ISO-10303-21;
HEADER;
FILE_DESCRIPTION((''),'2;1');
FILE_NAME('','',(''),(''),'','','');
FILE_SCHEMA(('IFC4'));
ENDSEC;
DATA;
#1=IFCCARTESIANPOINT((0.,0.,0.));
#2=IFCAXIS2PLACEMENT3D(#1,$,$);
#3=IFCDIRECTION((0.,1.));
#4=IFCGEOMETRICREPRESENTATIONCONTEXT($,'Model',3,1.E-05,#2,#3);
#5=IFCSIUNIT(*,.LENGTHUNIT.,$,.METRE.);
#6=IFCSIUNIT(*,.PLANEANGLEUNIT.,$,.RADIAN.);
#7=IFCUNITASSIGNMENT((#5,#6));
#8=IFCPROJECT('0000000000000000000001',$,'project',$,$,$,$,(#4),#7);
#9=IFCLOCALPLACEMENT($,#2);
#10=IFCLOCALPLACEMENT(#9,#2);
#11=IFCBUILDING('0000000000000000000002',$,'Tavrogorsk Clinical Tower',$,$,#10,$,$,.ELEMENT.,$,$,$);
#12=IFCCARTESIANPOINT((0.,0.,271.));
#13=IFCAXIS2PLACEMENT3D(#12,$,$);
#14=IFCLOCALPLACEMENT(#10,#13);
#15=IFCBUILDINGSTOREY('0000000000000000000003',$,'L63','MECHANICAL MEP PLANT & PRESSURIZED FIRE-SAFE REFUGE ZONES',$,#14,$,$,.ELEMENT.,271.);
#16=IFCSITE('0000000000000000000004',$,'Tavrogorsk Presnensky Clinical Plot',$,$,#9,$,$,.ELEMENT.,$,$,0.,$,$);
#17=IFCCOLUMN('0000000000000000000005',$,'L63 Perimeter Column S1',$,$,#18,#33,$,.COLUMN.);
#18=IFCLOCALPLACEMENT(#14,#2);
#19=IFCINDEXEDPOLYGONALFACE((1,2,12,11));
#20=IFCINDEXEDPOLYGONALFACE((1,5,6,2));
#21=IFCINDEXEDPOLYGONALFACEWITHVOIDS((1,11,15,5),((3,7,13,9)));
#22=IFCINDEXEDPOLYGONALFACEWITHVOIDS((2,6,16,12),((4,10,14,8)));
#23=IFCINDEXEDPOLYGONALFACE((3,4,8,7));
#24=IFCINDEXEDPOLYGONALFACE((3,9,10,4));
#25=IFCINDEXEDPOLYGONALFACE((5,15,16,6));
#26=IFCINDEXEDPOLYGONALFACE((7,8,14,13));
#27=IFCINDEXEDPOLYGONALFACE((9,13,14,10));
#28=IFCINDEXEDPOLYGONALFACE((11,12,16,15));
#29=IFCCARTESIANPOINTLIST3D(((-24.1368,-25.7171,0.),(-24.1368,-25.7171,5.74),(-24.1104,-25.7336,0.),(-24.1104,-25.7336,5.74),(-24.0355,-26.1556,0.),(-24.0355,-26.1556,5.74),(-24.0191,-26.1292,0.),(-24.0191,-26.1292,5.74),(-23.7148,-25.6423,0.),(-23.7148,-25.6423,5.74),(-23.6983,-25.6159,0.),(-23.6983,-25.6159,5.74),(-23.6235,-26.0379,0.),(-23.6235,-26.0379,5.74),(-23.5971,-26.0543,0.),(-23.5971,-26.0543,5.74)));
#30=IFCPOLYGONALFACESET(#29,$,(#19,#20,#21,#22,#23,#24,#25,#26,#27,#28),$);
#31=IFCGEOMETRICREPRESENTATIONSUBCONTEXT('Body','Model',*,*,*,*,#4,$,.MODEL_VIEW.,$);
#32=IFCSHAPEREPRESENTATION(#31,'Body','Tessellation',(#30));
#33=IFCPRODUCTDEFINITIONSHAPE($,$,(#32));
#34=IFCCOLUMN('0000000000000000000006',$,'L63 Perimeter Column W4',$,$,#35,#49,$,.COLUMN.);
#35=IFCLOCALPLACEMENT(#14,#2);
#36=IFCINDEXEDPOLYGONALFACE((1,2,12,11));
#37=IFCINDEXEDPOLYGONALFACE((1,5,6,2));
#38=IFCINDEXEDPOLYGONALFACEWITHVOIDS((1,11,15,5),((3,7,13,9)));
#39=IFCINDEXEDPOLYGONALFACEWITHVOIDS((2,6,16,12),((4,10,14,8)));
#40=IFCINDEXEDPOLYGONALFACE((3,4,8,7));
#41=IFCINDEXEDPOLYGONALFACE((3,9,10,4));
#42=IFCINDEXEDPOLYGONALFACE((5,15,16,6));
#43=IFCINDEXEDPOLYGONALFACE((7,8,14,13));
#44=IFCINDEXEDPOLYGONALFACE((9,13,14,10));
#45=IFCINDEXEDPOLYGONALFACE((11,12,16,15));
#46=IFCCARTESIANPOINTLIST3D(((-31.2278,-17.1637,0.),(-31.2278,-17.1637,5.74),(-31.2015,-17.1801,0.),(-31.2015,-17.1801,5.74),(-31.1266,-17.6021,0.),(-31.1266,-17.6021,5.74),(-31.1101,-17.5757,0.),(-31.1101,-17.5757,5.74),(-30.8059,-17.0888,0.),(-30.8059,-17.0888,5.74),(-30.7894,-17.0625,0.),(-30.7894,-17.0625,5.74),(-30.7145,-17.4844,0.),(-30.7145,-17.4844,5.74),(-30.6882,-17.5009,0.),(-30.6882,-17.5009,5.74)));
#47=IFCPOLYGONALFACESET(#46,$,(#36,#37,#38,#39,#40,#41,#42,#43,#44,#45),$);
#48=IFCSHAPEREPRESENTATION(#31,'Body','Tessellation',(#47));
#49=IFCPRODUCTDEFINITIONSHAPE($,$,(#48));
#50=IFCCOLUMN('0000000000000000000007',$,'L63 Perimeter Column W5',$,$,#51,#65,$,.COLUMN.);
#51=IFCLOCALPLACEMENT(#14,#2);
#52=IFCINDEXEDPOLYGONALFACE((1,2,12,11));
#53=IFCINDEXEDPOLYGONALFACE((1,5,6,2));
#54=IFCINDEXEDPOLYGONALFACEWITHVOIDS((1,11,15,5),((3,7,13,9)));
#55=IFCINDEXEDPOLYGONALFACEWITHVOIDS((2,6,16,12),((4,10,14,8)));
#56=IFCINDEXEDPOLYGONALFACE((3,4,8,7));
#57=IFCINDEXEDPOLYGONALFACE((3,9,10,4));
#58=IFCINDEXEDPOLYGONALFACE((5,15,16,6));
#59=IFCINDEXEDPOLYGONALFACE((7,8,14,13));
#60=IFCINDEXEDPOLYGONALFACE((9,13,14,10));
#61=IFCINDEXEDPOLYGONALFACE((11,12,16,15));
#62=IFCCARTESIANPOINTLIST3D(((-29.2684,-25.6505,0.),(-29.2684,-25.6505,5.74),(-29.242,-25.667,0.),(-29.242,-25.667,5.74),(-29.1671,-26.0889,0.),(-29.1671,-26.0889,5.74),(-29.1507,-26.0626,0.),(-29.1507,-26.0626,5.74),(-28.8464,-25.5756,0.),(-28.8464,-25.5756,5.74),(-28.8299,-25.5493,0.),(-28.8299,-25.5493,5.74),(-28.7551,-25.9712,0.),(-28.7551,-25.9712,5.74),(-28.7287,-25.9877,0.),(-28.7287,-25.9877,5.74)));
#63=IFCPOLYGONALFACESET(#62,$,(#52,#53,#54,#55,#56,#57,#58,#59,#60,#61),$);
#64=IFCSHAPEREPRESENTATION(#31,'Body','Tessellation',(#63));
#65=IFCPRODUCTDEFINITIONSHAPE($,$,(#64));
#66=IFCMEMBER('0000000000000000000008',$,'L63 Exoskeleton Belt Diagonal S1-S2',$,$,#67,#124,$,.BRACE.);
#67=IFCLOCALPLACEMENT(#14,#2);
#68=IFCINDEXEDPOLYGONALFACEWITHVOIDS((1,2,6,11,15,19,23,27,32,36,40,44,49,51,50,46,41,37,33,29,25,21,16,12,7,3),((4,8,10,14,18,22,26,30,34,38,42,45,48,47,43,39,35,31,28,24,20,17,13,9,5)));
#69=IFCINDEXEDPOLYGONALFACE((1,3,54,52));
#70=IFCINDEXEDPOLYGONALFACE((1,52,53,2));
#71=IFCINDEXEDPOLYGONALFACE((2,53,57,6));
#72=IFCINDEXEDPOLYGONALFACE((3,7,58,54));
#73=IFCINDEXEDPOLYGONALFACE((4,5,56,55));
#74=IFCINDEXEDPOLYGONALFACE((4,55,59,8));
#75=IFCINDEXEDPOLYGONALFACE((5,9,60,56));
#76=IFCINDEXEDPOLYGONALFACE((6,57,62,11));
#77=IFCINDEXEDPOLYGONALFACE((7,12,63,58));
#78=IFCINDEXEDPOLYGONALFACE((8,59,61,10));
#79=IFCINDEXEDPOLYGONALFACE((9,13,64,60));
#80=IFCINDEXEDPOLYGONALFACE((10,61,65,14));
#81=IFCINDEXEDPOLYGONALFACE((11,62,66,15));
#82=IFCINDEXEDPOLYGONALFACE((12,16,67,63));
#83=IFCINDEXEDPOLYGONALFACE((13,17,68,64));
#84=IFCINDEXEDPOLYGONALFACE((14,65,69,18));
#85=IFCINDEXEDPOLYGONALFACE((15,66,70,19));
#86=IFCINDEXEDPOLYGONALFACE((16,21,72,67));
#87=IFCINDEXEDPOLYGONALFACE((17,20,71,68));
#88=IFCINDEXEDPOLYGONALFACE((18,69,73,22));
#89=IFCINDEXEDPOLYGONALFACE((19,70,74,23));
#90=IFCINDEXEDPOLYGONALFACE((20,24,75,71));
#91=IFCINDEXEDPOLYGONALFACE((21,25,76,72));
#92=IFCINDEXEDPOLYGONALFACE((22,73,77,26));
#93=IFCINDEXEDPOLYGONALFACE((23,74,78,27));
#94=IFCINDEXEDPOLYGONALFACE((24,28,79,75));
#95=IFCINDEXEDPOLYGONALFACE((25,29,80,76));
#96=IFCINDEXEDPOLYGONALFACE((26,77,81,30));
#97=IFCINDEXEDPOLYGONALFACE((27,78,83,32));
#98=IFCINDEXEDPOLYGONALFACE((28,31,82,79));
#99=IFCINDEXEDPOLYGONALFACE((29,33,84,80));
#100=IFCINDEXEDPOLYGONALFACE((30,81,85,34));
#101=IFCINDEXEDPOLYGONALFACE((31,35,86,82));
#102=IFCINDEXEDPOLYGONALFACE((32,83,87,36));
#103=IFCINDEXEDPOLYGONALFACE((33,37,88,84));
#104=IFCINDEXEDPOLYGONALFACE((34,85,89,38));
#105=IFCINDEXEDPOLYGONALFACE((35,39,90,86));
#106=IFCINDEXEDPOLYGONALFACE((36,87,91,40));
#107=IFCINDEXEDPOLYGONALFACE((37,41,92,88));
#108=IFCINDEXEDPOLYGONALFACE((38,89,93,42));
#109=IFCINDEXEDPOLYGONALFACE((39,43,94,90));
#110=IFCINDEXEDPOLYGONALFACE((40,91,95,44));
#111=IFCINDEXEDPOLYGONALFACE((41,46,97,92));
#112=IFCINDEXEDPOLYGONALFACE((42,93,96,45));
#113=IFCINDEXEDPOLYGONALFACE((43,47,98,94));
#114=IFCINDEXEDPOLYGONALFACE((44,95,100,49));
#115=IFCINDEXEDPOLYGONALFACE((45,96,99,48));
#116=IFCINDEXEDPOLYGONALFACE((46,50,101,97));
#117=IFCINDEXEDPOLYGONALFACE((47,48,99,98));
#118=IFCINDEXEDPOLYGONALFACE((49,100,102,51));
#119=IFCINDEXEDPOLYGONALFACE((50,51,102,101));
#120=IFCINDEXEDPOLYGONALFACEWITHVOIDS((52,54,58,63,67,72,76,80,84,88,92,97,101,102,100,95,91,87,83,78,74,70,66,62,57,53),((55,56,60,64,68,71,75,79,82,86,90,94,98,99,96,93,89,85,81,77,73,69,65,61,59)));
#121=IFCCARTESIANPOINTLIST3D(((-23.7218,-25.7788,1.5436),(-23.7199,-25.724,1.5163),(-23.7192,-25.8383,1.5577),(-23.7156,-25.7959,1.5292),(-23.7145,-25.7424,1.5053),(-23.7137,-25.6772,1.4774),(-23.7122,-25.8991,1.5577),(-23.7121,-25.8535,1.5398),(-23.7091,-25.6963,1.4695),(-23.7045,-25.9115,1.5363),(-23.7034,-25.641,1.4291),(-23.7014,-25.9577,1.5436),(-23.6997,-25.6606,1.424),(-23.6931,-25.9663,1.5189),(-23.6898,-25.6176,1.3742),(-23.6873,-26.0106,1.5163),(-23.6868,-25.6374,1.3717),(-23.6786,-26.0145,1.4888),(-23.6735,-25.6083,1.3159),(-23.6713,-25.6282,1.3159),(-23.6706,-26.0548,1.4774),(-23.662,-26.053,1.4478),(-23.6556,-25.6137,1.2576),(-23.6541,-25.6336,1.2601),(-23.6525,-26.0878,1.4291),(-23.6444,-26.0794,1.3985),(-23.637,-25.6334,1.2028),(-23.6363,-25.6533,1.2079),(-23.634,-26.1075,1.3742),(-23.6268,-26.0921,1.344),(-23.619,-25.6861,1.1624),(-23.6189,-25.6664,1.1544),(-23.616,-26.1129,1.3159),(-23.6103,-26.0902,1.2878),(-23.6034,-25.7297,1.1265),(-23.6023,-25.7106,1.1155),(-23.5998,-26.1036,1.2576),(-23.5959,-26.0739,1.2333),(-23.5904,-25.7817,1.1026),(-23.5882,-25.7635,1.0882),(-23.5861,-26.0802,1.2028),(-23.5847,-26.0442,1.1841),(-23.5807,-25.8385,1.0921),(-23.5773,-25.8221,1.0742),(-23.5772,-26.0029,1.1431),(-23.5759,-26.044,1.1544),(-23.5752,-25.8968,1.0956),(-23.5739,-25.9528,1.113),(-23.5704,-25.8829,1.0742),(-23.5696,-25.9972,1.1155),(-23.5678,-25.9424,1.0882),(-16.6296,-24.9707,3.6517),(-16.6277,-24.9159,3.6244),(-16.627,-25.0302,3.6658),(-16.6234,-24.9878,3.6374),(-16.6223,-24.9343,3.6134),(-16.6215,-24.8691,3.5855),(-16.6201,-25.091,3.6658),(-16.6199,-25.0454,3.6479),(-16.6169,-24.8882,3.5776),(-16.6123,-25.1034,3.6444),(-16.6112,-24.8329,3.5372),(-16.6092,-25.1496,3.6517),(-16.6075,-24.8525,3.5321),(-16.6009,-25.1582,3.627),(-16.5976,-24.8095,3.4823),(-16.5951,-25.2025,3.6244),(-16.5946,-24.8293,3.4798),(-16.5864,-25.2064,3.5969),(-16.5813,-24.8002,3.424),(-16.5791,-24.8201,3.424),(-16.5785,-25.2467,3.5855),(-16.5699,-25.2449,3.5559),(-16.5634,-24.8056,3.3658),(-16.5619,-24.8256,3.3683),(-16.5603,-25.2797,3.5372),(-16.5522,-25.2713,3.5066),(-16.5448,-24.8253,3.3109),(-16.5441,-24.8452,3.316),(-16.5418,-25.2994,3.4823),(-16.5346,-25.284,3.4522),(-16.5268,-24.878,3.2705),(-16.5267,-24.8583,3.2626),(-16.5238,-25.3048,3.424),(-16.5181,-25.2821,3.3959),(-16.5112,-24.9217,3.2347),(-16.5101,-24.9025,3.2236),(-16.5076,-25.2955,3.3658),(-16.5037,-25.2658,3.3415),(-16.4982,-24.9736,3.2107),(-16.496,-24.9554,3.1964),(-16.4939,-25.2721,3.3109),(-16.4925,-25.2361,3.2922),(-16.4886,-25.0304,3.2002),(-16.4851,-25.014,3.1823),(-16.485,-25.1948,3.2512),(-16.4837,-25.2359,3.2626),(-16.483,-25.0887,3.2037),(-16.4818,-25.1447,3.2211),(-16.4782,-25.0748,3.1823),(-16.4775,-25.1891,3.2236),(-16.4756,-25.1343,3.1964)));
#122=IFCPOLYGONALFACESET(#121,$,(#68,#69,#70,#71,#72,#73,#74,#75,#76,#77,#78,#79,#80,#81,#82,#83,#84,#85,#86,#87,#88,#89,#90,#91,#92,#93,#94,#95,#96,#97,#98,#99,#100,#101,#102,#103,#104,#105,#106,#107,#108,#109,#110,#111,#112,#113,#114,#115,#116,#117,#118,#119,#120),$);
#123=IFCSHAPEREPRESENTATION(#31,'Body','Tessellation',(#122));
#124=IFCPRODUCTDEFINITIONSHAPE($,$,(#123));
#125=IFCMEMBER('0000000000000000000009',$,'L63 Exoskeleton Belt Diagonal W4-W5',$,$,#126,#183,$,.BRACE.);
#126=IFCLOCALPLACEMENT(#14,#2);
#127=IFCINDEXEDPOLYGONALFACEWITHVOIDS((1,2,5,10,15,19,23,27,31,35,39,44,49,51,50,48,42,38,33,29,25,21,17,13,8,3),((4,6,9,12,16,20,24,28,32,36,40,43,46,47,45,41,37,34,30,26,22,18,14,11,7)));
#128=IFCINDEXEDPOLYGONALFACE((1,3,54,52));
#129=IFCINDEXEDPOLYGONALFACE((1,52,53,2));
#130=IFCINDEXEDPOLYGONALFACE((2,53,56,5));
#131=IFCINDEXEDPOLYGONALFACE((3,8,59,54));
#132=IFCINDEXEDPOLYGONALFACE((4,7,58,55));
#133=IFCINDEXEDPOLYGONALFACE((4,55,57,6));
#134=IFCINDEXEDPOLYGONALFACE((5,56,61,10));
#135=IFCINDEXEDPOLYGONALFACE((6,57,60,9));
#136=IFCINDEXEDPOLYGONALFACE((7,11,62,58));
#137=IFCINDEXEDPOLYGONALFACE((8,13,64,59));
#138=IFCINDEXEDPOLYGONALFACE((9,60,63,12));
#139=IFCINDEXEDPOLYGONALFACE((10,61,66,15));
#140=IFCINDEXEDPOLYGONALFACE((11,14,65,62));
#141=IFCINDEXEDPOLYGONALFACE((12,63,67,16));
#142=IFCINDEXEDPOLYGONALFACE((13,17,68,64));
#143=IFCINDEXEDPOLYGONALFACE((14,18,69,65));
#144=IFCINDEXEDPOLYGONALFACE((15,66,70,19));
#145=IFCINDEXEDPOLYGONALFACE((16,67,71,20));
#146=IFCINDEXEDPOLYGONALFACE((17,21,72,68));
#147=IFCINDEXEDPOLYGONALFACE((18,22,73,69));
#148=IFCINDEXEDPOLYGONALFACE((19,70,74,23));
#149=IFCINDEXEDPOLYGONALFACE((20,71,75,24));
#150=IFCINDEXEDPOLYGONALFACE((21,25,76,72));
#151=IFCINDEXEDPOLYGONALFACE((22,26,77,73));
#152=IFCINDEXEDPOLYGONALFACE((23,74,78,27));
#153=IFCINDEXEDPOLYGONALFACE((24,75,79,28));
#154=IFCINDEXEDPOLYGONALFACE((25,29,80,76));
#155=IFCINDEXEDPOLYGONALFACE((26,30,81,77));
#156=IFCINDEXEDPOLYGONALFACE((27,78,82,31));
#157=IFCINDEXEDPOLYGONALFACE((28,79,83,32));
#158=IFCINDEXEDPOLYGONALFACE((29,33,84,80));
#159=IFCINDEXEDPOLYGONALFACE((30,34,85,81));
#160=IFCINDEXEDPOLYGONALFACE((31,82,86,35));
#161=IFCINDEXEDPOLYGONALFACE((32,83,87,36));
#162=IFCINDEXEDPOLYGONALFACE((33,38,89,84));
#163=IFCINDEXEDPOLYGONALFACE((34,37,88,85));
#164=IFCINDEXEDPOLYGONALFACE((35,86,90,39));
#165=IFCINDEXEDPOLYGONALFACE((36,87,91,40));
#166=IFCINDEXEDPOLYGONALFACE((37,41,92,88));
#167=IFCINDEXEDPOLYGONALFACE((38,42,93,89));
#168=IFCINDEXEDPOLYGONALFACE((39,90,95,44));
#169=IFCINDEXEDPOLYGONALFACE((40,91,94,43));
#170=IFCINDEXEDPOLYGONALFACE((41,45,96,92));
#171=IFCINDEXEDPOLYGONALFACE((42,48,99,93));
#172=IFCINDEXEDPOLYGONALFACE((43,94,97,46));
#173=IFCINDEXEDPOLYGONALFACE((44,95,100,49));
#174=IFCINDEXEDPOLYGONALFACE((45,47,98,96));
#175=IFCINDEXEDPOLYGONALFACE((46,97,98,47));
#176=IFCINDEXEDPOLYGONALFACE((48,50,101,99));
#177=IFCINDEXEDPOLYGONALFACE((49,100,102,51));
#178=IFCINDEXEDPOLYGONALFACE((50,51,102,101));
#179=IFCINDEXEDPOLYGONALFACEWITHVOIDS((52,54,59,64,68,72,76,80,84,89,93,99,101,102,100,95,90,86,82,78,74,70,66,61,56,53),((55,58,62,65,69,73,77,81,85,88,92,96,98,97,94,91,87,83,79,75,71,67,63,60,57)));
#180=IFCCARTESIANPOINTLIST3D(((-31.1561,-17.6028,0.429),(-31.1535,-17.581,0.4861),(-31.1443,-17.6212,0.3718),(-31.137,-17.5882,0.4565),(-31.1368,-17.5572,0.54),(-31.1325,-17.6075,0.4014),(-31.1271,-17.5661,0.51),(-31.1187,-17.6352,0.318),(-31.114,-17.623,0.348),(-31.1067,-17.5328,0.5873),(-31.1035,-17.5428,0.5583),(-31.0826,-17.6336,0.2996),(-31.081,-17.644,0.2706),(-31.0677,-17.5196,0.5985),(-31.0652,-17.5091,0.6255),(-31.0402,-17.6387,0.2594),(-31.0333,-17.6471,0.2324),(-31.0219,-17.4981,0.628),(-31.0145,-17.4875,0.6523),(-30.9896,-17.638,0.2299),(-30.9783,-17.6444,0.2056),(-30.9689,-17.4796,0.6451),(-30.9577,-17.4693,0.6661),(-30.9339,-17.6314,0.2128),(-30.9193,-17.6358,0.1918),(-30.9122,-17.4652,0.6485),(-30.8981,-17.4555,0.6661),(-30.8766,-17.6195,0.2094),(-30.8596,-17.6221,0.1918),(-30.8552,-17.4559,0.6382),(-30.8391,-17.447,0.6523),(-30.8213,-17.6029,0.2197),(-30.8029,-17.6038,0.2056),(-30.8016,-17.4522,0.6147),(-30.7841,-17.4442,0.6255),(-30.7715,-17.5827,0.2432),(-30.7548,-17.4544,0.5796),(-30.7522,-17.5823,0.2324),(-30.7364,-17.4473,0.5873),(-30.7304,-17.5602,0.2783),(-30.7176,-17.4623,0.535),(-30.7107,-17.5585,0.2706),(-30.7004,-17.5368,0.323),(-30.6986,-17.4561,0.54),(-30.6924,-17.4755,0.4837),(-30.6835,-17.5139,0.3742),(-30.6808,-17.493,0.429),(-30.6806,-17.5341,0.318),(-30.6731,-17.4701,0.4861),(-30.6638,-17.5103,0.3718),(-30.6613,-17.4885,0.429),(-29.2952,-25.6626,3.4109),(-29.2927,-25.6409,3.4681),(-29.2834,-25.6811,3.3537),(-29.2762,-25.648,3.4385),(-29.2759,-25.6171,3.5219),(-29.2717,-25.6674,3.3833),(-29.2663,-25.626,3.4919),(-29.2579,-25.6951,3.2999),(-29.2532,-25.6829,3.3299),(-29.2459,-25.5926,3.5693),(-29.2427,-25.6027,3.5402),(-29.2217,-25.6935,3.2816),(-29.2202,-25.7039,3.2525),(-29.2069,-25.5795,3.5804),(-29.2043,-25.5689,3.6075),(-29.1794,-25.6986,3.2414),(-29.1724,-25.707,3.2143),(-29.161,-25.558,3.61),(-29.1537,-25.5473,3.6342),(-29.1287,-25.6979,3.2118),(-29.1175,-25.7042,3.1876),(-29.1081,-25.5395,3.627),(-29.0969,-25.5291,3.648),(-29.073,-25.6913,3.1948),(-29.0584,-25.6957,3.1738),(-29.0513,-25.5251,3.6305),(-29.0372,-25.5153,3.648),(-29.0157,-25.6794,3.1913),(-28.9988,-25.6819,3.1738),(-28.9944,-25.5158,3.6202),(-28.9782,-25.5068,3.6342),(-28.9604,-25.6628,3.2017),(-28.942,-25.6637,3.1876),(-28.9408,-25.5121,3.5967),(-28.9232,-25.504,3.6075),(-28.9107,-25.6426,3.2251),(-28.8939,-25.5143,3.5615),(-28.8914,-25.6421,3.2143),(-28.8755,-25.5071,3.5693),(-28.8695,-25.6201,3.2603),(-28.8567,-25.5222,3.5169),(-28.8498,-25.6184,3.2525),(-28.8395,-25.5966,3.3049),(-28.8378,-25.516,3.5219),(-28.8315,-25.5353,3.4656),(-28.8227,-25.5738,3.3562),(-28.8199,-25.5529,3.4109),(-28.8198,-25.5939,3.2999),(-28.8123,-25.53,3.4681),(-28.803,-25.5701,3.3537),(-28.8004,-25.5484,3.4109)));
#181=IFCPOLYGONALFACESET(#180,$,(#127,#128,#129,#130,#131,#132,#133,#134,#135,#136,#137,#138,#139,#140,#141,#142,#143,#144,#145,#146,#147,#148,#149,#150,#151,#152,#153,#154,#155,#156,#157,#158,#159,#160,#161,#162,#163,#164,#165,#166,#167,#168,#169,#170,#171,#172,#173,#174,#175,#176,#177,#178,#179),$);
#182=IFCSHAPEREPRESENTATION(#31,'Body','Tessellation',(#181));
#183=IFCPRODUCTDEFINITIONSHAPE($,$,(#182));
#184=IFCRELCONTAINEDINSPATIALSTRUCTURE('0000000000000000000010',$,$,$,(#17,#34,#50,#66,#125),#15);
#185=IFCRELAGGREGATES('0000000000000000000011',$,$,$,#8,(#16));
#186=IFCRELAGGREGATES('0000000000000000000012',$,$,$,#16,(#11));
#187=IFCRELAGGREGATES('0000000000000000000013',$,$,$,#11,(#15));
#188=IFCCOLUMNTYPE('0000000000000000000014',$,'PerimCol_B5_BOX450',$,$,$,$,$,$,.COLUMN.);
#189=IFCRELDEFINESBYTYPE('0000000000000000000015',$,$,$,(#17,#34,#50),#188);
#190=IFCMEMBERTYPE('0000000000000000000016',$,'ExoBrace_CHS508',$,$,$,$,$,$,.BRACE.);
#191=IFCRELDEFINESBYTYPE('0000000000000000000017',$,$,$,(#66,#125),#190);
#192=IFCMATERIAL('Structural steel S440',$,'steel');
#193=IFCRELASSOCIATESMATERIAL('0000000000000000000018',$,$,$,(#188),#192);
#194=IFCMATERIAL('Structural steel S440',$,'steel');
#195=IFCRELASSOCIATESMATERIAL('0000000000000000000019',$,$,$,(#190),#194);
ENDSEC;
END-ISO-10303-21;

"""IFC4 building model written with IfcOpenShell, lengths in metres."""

from ifc_helpers import new_model, si_unit, direction, frame, origin, origin_2d, place, context, subcontext, project, spatial, hollow_rectangle, hollow_circle, extrude, material, material_profile, profile_set, type_object, element, save


model = new_model("IFC4")

# Units and contexts
model_context = context("Model", 3, precision=1e-05, world=origin(), true_north=direction((0.0, 1.0)))
body_context = subcontext(model_context, "Body", "Model", "MODEL_VIEW")
ifc_project = project(units=[si_unit("LENGTHUNIT", "METRE"), si_unit("PLANEANGLEUNIT", "RADIAN")], contexts=[model_context])

# Site, building, storey
site_placement = place(None, origin())
site = spatial("IfcSite", under=ifc_project, at=site_placement, Name="Tavrogorsk Presnensky Clinical Plot", CompositionType="ELEMENT", RefElevation=0.0)
building_placement = place(site_placement, origin())
building = spatial("IfcBuilding", under=site, at=building_placement, Name="Tavrogorsk Clinical Tower", CompositionType="ELEMENT")
storey_placement = place(building_placement, frame((0.0, 0.0, 271.0)))
storey = spatial("IfcBuildingStorey", under=building, at=storey_placement, Name="L63", Description="MECHANICAL MEP PLANT & PRESSURIZED FIRE-SAFE REFUGE ZONES", CompositionType="ELEMENT", Elevation=271.0)

# Columns
ifc_material_1 = material(Name="Structural steel S440", Category="steel")
ifc_material_profile_1 = material_profile(ifc_material_1, hollow_rectangle(XDim=0.45, YDim=0.45, WallThickness=0.022, at=origin_2d()), Name="BOX-450x450x22")
ifc_profile_set_1 = profile_set([ifc_material_profile_1], Name="Structural steel S440")
column_type = type_object("IfcColumnType", Name="PerimCol_B5_BOX450", PredefinedType="COLUMN", material=ifc_profile_set_1)
for number, where, z_axis, x_axis, name in (
    (1, (-23.8669, -25.8857, 0.0), (0.0, 0.0, 1.0), (0.97437, 0.224951, 0.0), "L63 Perimeter Column S1"),
    (2, (-30.958, -17.3323, 0.0), (0.0, 0.0, 1.0), (0.97437, 0.224951, 0.0), "L63 Perimeter Column W4"),
    (3, (-28.9985, -25.8191, 0.0), (0.0, 0.0, 1.0), (0.97437, 0.224951, 0.0), "L63 Perimeter Column W5"),
):
    element("IfcColumn", number, at=place(storey_placement, frame(where, z_axis=z_axis, x_axis=x_axis)), inside=storey, type_object=column_type, Name=name, PredefinedType="COLUMN", context=body_context, shape_type="SweptSolid", body=[
        extrude(hollow_rectangle(XDim=0.45, YDim=0.45, WallThickness=0.022, at=origin_2d()), origin(), (0.0, 0.0, 1.0), 5.74),
    ])

# Members
ifc_material_2 = material(Name="Structural steel S440", Category="steel")
ifc_material_profile_2 = material_profile(ifc_material_2, hollow_circle(Radius=0.2539, WallThickness=0.02, at=origin_2d()), Name="CHS-508x20")
ifc_profile_set_2 = profile_set([ifc_material_profile_2], Name="Structural steel S440")
member_type_1 = type_object("IfcMemberType", Name="ExoBrace_CHS508", PredefinedType="BRACE", material=ifc_profile_set_2)
member_1_placement = place(storey_placement, frame((-23.6448, -25.8606, 1.3159), z_axis=(0.952883, 0.108573, 0.283241), x_axis=(-0.113209, 0.993571, 0.0)))
element("IfcMember", 4, at=member_1_placement, inside=storey, type_object=member_type_1, Name="L63 Exoskeleton Belt Diagonal S1-S2", PredefinedType="BRACE", context=body_context, shape_type="SweptSolid", body=[
    extrude(hollow_circle(Radius=0.2539, WallThickness=0.02, at=origin_2d()), origin(), (0.0, 0.0, 1.0), 7.4429),
])
member_2_placement = place(storey_placement, frame((-30.9087, -17.5457, 0.429), z_axis=(0.21163, -0.916627, 0.339129), x_axis=(0.974368, 0.224961, 0.0)))
element("IfcMember", 5, at=member_2_placement, inside=storey, type_object=member_type_1, Name="L63 Exoskeleton Belt Diagonal W4-W5", PredefinedType="BRACE", context=body_context, shape_type="SweptSolid", body=[
    extrude(hollow_circle(Radius=0.2539, WallThickness=0.02, at=origin_2d()), origin(), (0.0, 0.0, 1.0), 8.793),
])

save(model, "model.ifc")
